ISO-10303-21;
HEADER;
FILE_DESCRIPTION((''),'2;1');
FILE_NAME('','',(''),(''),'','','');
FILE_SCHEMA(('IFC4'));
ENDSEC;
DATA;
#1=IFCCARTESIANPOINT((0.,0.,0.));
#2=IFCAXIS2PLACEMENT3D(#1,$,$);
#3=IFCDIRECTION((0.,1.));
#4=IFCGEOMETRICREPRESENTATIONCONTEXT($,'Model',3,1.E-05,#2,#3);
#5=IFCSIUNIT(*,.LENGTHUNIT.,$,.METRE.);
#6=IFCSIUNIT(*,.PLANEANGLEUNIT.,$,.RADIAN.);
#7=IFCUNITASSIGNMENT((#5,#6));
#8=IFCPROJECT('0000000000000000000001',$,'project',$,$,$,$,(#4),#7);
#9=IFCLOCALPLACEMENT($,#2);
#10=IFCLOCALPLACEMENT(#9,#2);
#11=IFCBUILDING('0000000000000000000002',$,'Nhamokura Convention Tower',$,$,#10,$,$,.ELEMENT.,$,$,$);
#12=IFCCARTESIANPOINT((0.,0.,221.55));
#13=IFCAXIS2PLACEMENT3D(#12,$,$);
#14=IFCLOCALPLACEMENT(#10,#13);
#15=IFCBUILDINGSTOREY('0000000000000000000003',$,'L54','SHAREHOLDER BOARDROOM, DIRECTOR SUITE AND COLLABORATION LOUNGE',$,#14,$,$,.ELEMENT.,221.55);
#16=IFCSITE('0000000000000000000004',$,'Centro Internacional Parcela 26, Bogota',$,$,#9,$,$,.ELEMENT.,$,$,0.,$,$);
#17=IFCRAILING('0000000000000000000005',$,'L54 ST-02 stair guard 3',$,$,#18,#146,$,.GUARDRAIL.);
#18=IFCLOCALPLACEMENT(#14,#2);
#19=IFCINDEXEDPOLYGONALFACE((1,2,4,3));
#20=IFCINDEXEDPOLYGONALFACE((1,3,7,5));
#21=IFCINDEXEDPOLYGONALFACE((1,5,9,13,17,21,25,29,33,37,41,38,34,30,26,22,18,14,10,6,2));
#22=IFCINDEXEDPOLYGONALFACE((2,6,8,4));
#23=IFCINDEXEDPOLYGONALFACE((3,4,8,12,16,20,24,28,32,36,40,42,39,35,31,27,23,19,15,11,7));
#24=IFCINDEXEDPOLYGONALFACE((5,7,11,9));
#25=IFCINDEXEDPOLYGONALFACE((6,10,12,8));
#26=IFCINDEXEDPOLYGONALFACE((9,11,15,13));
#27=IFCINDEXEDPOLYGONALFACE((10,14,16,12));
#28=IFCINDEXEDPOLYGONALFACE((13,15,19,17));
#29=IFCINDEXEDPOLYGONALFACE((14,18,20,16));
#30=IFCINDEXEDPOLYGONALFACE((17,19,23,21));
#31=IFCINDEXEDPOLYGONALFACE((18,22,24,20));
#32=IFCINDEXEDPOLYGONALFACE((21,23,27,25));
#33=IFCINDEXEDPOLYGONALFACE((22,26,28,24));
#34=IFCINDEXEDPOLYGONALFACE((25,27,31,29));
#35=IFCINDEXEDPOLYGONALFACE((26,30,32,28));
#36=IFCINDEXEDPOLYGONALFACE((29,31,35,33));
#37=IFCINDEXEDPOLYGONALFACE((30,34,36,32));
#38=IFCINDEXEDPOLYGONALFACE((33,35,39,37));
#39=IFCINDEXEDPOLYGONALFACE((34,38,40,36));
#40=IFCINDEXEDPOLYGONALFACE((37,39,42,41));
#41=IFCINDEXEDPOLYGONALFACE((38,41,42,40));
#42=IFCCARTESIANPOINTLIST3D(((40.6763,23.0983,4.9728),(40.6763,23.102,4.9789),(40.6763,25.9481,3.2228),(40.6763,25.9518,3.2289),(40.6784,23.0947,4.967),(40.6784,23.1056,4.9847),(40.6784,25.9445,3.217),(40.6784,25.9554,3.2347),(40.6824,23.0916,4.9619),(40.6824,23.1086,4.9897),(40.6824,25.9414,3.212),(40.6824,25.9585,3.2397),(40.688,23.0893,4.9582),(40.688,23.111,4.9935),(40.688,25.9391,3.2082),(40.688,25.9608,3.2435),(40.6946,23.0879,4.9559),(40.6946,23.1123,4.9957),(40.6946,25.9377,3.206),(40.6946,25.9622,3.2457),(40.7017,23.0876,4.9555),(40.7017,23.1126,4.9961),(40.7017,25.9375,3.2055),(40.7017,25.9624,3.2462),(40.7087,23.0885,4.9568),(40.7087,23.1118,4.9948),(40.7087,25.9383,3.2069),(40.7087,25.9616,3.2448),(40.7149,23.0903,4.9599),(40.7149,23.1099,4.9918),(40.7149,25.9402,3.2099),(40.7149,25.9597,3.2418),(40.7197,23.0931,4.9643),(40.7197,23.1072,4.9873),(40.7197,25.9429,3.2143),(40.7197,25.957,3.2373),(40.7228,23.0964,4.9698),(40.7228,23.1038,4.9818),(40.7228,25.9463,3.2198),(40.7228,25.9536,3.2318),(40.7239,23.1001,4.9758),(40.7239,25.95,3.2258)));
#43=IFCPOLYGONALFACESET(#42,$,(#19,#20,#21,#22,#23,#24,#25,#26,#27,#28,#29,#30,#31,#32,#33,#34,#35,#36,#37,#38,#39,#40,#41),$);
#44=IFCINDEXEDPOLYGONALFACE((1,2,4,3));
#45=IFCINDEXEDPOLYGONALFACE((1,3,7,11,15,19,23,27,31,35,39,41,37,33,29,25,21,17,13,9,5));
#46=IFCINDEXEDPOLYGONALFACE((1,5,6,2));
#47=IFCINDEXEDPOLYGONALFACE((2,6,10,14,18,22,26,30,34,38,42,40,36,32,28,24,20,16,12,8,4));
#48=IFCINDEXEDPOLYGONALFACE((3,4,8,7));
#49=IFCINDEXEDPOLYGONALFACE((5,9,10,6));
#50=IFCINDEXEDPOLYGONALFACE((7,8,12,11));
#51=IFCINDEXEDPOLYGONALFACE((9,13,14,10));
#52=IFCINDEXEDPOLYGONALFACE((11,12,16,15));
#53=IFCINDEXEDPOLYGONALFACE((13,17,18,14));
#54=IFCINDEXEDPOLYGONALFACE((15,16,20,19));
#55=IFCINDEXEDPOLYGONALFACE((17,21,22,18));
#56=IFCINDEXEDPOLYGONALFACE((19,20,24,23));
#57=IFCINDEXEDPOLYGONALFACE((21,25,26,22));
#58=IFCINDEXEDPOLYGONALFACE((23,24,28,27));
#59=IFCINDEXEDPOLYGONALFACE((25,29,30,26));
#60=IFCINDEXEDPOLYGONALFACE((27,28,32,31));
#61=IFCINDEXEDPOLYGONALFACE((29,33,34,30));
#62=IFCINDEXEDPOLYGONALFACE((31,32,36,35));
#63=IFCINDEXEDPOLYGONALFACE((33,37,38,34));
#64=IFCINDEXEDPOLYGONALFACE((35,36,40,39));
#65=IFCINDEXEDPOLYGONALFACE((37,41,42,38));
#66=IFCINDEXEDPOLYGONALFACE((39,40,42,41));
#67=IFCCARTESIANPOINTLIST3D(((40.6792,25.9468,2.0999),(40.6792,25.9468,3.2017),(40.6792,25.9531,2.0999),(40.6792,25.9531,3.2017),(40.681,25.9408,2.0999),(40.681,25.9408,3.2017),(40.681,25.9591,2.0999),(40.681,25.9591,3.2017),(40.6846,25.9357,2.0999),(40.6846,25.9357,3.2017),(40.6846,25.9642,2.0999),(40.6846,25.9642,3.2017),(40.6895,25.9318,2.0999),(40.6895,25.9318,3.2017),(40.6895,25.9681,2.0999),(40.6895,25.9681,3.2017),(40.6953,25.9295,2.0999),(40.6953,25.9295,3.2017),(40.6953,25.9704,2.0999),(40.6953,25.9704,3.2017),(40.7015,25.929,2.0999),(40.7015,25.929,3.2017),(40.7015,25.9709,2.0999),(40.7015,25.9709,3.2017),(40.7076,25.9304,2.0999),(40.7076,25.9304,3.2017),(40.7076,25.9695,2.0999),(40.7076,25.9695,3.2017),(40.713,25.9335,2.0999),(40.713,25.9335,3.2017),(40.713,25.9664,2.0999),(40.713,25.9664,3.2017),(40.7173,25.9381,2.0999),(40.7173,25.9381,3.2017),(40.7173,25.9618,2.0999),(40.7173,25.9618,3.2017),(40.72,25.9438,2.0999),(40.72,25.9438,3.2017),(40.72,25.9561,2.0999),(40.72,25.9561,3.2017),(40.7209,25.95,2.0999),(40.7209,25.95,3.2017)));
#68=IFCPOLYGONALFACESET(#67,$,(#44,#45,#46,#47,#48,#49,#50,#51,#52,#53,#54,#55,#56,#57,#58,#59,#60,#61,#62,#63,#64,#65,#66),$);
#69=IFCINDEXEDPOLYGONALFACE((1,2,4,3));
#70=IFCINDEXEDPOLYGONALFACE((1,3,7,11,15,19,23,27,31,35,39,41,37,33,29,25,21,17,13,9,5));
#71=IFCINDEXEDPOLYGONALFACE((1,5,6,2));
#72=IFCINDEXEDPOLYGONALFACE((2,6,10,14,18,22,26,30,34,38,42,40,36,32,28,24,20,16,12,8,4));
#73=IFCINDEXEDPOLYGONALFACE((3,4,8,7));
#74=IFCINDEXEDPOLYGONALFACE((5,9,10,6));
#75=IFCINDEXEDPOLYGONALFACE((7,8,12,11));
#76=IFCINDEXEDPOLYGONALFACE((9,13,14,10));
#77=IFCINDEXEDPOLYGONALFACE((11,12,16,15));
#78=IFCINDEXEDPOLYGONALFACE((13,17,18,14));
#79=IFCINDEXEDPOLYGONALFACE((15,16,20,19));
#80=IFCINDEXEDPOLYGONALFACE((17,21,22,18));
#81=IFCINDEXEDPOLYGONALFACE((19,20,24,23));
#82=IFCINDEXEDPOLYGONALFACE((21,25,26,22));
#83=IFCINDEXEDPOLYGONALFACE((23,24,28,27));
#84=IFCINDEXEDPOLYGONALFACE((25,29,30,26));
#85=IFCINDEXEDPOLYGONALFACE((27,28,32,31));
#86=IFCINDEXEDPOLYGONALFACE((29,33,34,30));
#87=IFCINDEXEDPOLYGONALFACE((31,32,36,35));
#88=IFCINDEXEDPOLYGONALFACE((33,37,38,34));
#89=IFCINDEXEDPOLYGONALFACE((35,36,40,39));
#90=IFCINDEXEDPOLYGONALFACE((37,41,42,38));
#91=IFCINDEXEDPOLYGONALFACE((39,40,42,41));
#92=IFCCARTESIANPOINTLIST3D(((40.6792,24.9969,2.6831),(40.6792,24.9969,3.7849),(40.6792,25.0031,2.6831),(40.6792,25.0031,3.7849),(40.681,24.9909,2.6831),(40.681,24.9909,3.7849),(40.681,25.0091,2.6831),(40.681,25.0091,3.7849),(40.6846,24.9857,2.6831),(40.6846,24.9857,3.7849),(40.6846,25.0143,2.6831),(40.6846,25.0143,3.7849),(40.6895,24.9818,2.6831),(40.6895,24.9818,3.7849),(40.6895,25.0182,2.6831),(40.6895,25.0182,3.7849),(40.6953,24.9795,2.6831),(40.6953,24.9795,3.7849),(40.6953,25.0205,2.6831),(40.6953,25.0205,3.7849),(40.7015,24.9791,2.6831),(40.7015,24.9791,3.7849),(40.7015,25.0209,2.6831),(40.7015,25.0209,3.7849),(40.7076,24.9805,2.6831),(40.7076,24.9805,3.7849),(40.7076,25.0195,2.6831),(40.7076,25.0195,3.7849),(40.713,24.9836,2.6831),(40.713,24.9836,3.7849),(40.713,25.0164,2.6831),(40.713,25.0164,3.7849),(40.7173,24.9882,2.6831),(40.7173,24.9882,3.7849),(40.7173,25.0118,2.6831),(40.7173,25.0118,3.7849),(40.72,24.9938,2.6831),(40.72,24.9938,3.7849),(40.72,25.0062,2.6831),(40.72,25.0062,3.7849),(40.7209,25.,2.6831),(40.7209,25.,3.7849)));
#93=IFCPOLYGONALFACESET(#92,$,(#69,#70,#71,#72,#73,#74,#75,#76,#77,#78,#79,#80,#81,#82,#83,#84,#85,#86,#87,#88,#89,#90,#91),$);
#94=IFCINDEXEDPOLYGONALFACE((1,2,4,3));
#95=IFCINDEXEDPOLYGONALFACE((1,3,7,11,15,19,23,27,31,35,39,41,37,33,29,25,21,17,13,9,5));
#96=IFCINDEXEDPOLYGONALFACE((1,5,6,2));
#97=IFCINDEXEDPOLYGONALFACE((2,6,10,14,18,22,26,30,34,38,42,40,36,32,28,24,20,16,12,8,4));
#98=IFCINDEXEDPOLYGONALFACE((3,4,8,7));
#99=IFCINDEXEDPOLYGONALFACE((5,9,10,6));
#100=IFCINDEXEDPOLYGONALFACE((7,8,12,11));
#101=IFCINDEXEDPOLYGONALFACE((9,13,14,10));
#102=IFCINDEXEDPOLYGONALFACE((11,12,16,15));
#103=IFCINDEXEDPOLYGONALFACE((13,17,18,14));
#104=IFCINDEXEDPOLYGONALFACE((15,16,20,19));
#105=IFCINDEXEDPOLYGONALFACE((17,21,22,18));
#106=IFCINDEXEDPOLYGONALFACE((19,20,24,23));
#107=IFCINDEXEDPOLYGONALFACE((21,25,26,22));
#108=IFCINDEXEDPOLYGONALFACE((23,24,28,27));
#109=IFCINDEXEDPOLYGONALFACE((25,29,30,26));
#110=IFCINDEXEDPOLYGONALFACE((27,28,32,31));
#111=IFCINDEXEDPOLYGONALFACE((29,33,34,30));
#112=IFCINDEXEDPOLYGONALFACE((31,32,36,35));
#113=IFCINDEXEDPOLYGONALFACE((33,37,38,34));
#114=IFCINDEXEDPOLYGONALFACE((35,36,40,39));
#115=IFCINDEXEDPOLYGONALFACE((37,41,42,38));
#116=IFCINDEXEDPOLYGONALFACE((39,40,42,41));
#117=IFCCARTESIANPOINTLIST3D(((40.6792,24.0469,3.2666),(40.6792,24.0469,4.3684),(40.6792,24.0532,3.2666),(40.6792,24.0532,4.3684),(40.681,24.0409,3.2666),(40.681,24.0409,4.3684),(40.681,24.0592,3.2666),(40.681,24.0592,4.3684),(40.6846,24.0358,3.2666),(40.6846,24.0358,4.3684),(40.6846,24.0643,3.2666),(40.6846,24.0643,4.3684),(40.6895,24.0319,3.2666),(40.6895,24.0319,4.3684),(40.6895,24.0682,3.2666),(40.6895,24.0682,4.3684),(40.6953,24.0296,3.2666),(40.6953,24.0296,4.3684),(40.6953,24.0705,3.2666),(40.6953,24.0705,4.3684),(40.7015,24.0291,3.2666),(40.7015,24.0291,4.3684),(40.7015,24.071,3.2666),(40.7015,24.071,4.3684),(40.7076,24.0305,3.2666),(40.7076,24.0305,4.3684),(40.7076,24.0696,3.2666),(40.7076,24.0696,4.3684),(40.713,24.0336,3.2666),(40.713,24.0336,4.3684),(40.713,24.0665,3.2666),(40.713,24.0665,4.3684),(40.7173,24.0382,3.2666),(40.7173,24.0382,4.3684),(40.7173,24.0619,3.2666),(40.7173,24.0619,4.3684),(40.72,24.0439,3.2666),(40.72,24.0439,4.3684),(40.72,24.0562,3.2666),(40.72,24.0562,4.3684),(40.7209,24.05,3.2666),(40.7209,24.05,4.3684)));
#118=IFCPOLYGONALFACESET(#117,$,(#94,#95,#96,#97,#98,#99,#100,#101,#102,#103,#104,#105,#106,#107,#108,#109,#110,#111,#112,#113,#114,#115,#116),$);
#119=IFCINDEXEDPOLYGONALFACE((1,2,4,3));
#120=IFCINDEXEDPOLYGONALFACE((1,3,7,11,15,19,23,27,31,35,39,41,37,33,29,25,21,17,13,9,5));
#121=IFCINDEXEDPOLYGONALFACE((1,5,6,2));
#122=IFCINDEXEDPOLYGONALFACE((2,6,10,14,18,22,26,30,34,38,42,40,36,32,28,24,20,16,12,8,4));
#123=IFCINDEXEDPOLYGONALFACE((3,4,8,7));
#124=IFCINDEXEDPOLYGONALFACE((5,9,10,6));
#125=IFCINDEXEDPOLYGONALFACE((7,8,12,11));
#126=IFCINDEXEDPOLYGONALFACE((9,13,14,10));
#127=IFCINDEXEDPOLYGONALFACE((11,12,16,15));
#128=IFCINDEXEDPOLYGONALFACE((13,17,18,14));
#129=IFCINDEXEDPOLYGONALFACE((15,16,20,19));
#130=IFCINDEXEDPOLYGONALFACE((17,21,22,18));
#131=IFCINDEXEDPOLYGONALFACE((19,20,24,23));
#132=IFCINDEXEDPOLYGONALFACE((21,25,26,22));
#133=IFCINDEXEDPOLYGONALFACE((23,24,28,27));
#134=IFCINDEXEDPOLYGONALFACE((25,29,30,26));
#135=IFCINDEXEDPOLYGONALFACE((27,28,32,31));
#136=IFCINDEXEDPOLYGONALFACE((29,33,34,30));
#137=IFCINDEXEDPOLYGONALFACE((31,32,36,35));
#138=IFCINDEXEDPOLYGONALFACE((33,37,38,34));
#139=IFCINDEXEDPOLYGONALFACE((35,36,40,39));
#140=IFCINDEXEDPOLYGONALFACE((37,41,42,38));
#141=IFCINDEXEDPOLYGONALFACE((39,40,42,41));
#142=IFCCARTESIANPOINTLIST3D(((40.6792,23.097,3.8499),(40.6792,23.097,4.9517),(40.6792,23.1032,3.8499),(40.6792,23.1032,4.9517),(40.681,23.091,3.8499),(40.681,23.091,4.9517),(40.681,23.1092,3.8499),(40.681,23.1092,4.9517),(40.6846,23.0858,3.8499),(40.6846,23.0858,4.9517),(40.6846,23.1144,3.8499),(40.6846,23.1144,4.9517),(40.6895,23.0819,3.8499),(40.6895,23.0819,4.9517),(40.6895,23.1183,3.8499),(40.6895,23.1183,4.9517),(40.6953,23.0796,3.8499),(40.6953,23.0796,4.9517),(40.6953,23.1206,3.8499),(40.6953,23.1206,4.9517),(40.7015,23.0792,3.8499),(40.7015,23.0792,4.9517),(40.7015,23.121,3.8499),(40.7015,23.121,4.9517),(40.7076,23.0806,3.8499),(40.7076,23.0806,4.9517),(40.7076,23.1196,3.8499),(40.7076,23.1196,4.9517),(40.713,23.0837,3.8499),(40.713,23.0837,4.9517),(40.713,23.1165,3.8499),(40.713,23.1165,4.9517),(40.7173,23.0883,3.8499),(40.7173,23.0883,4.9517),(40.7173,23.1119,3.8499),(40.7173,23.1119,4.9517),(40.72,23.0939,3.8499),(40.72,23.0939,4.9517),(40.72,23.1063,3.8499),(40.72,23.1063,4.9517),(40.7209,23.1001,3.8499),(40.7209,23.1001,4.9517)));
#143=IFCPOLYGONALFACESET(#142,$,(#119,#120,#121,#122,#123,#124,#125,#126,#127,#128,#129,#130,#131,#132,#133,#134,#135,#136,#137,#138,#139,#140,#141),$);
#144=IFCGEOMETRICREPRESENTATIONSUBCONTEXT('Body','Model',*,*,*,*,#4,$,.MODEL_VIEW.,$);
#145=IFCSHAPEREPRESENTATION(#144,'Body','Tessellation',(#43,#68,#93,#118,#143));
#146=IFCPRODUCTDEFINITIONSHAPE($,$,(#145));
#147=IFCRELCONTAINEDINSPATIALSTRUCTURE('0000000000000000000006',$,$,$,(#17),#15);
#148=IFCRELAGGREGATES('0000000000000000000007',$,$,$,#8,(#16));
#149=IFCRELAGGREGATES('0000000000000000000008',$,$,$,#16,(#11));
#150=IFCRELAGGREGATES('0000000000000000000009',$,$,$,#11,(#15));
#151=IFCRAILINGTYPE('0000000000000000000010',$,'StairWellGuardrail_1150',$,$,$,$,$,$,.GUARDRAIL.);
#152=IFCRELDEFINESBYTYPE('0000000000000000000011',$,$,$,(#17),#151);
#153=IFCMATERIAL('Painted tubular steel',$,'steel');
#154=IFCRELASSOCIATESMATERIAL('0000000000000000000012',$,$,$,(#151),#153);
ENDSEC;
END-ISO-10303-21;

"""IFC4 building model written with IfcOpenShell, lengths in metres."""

from ifc_helpers import new_model, si_unit, direction, frame, origin, origin_2d, place, context, subcontext, project, spatial, circle, extrude, material, type_object, element, save


model = new_model("IFC4")

# Units and contexts
model_context = context("Model", 3, precision=1e-05, world=origin(), true_north=direction((0.0, 1.0)))
body_context = subcontext(model_context, "Body", "Model", "MODEL_VIEW")
ifc_project = project(units=[si_unit("LENGTHUNIT", "METRE"), si_unit("PLANEANGLEUNIT", "RADIAN")], contexts=[model_context])

# Site, building, storey
site_placement = place(None, origin())
site = spatial("IfcSite", under=ifc_project, at=site_placement, Name="Centro Internacional Parcela 26, Bogota", CompositionType="ELEMENT", RefElevation=0.0)
building_placement = place(site_placement, origin())
building = spatial("IfcBuilding", under=site, at=building_placement, Name="Nhamokura Convention Tower", CompositionType="ELEMENT")
storey_placement = place(building_placement, frame((0.0, 0.0, 221.55)))
storey = spatial("IfcBuildingStorey", under=building, at=storey_placement, Name="L54", Description="SHAREHOLDER BOARDROOM, DIRECTOR SUITE AND COLLABORATION LOUNGE", CompositionType="ELEMENT", Elevation=221.55)

# Railing
ifc_material_1 = material(Name="Painted tubular steel", Category="steel")
railing_type_1 = type_object("IfcRailingType", Name="StairWellGuardrail_1150", PredefinedType="GUARDRAIL", material=ifc_material_1)
railing_1_placement = place(storey_placement, frame((40.7, 25.95, 2.0999)))
element("IfcRailing", 1, at=railing_1_placement, inside=storey, type_object=railing_type_1, Name="L54 ST-02 stair guard 3", PredefinedType="GUARDRAIL", context=body_context, shape_type="SweptSolid", body=[
    extrude(circle(Radius=0.0239, at=origin_2d()), frame((0.0, 0.0, 1.126), z_axis=(0.0, -0.852159, 0.523283), x_axis=(1.0, 0.0, 0.0)), (0.0, 0.0, 1.0), 3.3442),
    extrude(circle(Radius=0.021, at=origin_2d()), origin(), (0.0, 0.0, 1.0), 1.1018),
    extrude(circle(Radius=0.021, at=origin_2d()), frame((0.0, -0.95, 0.5833)), (0.0, 0.0, 1.0), 1.1018),
    extrude(circle(Radius=0.021, at=origin_2d()), frame((0.0, -1.8999, 1.1667)), (0.0, 0.0, 1.0), 1.1018),
    extrude(circle(Radius=0.021, at=origin_2d()), frame((0.0, -2.8499, 1.75)), (0.0, 0.0, 1.0), 1.1018),
])

save(model, "model.ifc")
